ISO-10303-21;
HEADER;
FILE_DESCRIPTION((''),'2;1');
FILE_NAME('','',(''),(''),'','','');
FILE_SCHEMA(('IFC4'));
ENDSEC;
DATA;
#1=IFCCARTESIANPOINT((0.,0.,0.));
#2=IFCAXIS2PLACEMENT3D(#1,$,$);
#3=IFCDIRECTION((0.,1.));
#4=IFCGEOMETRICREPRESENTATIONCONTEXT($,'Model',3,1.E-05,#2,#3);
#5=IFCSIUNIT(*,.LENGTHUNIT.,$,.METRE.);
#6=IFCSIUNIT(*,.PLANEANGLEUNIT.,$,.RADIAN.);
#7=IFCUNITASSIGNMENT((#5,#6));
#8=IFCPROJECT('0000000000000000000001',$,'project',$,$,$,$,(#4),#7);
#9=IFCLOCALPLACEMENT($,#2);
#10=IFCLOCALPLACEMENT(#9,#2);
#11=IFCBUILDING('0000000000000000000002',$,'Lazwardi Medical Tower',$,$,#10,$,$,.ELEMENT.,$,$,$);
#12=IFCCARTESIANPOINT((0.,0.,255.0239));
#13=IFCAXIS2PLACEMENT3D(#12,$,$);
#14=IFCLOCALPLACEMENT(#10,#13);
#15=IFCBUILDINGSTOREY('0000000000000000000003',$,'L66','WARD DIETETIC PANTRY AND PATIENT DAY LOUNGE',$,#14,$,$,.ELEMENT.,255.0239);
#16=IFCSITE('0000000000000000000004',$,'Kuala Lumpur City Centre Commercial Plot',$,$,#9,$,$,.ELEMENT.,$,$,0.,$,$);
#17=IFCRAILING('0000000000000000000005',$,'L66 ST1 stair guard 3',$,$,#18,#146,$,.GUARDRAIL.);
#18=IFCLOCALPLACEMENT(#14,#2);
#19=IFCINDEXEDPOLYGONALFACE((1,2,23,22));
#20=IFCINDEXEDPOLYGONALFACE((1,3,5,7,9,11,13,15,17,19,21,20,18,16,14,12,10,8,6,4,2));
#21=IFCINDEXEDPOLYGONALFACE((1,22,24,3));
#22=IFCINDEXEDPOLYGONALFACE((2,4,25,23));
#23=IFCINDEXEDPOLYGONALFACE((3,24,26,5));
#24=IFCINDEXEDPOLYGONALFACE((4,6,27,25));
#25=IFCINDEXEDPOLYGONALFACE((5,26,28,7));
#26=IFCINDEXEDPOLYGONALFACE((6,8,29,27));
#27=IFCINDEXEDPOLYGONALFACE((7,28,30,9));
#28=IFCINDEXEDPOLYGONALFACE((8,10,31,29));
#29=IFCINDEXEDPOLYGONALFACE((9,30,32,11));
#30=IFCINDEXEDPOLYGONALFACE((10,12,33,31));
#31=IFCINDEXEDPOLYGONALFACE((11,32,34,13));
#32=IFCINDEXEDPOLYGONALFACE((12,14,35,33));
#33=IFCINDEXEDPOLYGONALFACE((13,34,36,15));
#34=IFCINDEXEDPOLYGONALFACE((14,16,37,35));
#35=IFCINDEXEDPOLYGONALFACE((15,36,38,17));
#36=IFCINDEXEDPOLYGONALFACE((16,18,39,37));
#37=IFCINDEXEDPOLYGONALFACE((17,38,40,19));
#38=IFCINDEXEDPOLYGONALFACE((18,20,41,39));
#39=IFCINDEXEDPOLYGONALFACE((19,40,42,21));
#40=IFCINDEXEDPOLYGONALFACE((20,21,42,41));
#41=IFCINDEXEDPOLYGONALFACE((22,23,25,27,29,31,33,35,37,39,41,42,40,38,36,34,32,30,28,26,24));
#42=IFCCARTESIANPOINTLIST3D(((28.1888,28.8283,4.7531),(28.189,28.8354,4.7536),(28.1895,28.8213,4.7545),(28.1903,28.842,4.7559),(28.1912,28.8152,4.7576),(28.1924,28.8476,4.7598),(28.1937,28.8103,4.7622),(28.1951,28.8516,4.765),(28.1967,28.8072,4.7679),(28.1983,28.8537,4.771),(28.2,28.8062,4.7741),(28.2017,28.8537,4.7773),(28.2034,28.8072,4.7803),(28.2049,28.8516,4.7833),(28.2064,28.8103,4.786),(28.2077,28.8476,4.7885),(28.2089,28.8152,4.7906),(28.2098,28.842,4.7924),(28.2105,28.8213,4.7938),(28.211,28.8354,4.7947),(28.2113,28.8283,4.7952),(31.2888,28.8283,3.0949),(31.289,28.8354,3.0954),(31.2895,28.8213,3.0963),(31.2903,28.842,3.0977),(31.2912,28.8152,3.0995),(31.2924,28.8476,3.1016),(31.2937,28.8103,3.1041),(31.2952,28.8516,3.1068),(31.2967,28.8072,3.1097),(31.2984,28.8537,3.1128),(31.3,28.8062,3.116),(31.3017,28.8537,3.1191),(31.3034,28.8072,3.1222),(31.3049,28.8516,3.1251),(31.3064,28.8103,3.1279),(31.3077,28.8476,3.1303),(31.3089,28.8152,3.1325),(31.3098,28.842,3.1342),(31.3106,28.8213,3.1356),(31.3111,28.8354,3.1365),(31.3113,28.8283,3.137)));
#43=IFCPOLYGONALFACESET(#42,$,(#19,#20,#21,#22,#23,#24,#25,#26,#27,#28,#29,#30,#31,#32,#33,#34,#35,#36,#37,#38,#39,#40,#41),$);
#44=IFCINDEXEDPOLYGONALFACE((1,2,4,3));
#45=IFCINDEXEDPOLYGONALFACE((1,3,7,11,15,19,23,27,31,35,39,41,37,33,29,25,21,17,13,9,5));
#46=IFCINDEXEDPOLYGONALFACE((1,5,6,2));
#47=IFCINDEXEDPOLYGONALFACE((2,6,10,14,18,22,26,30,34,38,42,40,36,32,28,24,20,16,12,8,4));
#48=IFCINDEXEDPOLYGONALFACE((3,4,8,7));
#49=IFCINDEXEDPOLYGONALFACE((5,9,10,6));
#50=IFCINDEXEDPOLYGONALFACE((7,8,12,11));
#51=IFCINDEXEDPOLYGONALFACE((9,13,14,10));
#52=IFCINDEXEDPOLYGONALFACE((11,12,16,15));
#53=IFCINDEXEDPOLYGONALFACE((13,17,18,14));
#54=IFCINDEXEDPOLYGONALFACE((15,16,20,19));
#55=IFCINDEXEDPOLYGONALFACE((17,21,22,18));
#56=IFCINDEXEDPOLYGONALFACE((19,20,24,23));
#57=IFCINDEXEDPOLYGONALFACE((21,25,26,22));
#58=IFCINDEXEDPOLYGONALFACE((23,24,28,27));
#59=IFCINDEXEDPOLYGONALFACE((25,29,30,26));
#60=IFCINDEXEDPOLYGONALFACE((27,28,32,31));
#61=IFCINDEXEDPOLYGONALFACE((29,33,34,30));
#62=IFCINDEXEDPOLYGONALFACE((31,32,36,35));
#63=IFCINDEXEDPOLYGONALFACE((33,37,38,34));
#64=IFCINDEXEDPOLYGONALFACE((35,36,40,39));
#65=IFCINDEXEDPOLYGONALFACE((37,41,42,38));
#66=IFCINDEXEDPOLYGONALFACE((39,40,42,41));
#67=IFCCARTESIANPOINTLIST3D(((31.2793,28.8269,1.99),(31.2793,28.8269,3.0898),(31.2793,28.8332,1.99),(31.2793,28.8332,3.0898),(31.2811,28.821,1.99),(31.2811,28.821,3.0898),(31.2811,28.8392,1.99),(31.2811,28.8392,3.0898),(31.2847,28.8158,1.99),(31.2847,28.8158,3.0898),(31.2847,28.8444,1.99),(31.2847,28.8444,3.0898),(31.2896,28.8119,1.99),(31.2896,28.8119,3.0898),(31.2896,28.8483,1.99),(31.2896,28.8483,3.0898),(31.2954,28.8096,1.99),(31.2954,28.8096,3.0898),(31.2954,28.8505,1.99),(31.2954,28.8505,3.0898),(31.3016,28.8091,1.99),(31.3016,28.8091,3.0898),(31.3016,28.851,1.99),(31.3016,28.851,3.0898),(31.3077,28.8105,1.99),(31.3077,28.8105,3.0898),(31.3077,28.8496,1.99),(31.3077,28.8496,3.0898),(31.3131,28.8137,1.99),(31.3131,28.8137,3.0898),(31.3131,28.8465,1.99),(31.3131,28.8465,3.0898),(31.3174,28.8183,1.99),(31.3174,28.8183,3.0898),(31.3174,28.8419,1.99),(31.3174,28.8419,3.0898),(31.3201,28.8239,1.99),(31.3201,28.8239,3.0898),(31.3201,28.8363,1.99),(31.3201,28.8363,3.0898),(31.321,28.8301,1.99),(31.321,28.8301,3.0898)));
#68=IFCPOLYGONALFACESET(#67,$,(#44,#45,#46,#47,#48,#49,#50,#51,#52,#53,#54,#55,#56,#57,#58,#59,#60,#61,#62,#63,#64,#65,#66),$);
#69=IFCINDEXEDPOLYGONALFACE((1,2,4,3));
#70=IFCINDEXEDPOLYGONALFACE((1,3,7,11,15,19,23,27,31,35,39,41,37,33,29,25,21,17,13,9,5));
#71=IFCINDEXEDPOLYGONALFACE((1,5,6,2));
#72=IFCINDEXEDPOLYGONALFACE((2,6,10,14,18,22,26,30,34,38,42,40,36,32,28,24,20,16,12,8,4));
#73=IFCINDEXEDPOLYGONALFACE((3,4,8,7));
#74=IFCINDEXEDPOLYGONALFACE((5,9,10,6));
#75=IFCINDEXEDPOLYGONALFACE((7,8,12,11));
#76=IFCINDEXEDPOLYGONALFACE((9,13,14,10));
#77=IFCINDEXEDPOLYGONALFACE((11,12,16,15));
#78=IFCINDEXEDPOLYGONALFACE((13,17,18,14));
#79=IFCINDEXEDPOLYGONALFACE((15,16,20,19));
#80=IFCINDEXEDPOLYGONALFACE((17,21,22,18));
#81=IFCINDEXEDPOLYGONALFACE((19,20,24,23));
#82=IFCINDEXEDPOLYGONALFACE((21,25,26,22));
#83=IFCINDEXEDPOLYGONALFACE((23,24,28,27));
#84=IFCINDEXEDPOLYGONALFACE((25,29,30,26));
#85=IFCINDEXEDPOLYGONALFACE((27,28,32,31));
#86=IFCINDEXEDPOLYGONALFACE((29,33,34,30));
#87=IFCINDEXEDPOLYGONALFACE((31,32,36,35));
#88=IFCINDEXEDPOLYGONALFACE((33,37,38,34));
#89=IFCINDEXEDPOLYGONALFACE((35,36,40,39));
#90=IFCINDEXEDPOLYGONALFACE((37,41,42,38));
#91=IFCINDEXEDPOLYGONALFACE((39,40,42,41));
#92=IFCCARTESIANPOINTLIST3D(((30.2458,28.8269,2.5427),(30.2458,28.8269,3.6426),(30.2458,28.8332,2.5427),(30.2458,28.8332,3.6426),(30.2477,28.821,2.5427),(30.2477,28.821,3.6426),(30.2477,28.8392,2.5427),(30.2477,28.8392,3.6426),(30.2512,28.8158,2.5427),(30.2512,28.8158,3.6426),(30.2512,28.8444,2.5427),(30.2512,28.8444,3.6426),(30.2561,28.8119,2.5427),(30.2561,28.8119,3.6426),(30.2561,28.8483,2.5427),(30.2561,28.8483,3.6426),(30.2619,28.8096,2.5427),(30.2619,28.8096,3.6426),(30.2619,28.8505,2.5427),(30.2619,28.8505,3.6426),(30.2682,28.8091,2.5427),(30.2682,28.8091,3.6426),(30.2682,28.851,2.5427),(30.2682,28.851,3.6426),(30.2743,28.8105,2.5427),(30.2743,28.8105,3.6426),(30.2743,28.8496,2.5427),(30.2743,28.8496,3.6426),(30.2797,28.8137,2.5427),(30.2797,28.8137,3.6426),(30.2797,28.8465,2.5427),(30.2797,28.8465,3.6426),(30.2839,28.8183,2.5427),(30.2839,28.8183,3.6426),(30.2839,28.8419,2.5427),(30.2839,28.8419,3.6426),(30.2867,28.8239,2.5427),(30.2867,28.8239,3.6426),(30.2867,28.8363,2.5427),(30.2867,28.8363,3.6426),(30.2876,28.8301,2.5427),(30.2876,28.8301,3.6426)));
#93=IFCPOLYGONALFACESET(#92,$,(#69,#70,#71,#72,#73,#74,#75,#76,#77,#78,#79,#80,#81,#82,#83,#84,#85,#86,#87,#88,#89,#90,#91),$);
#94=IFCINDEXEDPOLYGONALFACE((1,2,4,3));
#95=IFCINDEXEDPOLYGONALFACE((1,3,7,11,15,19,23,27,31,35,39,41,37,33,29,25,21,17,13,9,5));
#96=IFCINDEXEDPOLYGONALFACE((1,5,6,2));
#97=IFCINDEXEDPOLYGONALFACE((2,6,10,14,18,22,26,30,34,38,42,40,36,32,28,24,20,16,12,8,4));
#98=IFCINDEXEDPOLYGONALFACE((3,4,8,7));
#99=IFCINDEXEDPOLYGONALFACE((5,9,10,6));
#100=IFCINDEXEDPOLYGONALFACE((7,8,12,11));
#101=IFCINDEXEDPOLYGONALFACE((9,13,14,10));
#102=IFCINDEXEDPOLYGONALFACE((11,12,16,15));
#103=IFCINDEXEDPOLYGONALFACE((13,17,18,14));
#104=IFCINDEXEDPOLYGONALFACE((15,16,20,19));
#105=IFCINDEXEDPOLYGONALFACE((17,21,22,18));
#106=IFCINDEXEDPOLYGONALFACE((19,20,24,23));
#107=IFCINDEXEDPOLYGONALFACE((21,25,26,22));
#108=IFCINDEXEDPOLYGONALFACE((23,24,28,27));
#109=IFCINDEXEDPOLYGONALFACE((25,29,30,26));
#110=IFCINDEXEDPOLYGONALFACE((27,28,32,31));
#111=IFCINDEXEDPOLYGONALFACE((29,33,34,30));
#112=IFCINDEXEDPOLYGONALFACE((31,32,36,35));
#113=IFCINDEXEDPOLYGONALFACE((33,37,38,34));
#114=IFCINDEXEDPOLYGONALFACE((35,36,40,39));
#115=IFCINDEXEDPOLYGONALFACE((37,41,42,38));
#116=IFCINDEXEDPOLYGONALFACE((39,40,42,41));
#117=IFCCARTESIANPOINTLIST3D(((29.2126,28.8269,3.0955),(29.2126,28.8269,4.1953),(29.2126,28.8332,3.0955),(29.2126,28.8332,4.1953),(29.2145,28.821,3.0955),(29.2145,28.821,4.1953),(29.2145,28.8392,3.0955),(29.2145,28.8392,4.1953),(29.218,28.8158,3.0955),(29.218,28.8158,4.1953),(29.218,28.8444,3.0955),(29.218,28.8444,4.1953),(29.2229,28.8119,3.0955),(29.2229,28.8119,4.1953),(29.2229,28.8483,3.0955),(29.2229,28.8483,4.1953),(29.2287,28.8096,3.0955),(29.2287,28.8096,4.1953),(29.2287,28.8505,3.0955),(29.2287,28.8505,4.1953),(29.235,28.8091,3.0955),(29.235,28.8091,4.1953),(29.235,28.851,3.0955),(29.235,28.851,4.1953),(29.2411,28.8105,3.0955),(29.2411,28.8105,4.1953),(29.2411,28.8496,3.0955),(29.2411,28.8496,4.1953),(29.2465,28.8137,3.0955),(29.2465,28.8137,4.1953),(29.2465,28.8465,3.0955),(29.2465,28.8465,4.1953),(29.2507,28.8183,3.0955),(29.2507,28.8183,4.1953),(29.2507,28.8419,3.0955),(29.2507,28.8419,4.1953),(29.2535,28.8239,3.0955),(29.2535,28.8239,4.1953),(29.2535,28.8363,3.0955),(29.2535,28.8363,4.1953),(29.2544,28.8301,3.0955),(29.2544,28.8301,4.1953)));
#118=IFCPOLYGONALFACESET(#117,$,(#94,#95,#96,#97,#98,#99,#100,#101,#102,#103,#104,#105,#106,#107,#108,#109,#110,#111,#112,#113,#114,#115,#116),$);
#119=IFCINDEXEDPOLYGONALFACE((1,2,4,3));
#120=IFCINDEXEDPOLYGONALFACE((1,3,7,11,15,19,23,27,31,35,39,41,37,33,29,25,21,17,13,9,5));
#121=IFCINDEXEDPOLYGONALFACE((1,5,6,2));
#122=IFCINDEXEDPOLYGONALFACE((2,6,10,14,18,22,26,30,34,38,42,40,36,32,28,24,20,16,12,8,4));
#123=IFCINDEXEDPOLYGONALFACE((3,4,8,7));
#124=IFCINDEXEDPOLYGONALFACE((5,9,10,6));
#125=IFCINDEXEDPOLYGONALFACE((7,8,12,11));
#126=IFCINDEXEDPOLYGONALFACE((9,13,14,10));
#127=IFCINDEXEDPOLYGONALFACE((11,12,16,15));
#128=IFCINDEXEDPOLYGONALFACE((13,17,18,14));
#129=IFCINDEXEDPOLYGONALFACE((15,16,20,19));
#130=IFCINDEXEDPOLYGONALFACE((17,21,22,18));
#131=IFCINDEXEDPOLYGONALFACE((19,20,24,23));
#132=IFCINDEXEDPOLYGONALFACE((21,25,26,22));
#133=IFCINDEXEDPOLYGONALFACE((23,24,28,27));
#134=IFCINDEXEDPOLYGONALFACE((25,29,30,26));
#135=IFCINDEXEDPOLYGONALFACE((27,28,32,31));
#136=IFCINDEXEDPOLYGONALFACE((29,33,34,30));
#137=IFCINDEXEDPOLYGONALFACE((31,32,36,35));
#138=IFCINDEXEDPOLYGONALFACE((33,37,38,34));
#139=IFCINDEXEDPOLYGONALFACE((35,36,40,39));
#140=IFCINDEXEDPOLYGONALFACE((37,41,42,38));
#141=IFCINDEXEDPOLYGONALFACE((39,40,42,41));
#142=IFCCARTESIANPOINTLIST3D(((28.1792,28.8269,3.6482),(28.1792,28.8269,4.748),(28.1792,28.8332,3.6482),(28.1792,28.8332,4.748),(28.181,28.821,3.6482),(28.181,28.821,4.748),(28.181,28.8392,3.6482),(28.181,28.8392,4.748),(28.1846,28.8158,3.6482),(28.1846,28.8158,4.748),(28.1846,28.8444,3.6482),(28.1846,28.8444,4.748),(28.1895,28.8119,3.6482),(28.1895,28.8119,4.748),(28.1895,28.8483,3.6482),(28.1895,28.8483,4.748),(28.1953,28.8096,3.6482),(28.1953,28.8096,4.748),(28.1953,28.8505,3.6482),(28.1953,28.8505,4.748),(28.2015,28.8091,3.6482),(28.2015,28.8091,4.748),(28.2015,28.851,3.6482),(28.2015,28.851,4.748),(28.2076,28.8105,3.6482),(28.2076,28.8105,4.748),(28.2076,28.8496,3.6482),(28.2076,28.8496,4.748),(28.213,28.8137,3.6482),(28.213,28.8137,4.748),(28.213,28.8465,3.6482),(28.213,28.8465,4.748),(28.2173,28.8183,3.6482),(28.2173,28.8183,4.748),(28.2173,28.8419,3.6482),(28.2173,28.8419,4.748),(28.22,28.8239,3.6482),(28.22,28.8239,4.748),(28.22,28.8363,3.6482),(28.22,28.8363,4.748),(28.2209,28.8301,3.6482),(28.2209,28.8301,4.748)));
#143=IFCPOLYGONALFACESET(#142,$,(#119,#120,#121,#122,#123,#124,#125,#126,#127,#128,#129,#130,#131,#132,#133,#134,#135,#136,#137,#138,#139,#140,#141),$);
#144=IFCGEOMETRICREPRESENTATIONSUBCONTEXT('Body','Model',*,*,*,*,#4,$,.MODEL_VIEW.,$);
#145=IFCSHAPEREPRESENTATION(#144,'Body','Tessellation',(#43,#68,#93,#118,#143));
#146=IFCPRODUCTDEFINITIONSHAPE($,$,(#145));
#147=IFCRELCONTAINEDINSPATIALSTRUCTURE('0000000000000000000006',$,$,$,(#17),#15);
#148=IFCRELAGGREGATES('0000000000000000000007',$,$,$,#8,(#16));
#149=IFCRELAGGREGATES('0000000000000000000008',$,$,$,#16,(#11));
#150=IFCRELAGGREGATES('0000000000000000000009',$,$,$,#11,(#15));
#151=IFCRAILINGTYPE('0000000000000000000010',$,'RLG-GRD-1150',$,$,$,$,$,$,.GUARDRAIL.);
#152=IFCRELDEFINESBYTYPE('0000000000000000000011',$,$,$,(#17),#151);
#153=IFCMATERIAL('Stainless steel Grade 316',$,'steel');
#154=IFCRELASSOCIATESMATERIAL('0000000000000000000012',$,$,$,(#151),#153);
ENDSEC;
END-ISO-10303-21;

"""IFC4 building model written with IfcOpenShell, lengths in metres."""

from ifc_helpers import new_model, si_unit, direction, frame, origin, origin_2d, place, context, subcontext, project, spatial, circle, extrude, material, type_object, element, save


model = new_model("IFC4")

# Units and contexts
model_context = context("Model", 3, precision=1e-05, world=origin(), true_north=direction((0.0, 1.0)))
body_context = subcontext(model_context, "Body", "Model", "MODEL_VIEW")
ifc_project = project(units=[si_unit("LENGTHUNIT", "METRE"), si_unit("PLANEANGLEUNIT", "RADIAN")], contexts=[model_context])

# Site, building, storey
site_placement = place(None, origin())
site = spatial("IfcSite", under=ifc_project, at=site_placement, Name="Kuala Lumpur City Centre Commercial Plot", CompositionType="ELEMENT", RefElevation=0.0)
building_placement = place(site_placement, origin())
building = spatial("IfcBuilding", under=site, at=building_placement, Name="Lazwardi Medical Tower", CompositionType="ELEMENT")
storey_placement = place(building_placement, frame((0.0, 0.0, 255.0239)))
storey = spatial("IfcBuildingStorey", under=building, at=storey_placement, Name="L66", Description="WARD DIETETIC PANTRY AND PATIENT DAY LOUNGE", CompositionType="ELEMENT", Elevation=255.0239)

# Railing
ifc_material_1 = material(Name="Stainless steel Grade 316", Category="steel")
railing_type_1 = type_object("IfcRailingType", Name="RLG-GRD-1150", PredefinedType="GUARDRAIL", material=ifc_material_1)
railing_1_placement = place(storey_placement, frame((31.3, 28.8301, 1.99)))
element("IfcRailing", 1, at=railing_1_placement, inside=storey, type_object=railing_type_1, Name="L66 ST1 stair guard 3", PredefinedType="GUARDRAIL", context=body_context, shape_type="SweptSolid", body=[
    extrude(circle(Radius=0.0239, at=origin_2d()), frame((0.0, 0.0, 1.126), z_axis=(-0.881783, 0.0, 0.471655), x_axis=(0.0, -1.0, 0.0)), (0.0, 0.0, 1.0), 3.5156),
    extrude(circle(Radius=0.021, at=origin_2d()), origin(), (0.0, 0.0, 1.0), 1.0999),
    extrude(circle(Radius=0.021, at=origin_2d()), frame((-1.0334, 0.0, 0.5527)), (0.0, 0.0, 1.0), 1.0999),
    extrude(circle(Radius=0.021, at=origin_2d()), frame((-2.0667, 0.0, 1.1055)), (0.0, 0.0, 1.0), 1.0999),
    extrude(circle(Radius=0.021, at=origin_2d()), frame((-3.1001, 0.0, 1.6582)), (0.0, 0.0, 1.0), 1.0999),
])

save(model, "model.ifc")
